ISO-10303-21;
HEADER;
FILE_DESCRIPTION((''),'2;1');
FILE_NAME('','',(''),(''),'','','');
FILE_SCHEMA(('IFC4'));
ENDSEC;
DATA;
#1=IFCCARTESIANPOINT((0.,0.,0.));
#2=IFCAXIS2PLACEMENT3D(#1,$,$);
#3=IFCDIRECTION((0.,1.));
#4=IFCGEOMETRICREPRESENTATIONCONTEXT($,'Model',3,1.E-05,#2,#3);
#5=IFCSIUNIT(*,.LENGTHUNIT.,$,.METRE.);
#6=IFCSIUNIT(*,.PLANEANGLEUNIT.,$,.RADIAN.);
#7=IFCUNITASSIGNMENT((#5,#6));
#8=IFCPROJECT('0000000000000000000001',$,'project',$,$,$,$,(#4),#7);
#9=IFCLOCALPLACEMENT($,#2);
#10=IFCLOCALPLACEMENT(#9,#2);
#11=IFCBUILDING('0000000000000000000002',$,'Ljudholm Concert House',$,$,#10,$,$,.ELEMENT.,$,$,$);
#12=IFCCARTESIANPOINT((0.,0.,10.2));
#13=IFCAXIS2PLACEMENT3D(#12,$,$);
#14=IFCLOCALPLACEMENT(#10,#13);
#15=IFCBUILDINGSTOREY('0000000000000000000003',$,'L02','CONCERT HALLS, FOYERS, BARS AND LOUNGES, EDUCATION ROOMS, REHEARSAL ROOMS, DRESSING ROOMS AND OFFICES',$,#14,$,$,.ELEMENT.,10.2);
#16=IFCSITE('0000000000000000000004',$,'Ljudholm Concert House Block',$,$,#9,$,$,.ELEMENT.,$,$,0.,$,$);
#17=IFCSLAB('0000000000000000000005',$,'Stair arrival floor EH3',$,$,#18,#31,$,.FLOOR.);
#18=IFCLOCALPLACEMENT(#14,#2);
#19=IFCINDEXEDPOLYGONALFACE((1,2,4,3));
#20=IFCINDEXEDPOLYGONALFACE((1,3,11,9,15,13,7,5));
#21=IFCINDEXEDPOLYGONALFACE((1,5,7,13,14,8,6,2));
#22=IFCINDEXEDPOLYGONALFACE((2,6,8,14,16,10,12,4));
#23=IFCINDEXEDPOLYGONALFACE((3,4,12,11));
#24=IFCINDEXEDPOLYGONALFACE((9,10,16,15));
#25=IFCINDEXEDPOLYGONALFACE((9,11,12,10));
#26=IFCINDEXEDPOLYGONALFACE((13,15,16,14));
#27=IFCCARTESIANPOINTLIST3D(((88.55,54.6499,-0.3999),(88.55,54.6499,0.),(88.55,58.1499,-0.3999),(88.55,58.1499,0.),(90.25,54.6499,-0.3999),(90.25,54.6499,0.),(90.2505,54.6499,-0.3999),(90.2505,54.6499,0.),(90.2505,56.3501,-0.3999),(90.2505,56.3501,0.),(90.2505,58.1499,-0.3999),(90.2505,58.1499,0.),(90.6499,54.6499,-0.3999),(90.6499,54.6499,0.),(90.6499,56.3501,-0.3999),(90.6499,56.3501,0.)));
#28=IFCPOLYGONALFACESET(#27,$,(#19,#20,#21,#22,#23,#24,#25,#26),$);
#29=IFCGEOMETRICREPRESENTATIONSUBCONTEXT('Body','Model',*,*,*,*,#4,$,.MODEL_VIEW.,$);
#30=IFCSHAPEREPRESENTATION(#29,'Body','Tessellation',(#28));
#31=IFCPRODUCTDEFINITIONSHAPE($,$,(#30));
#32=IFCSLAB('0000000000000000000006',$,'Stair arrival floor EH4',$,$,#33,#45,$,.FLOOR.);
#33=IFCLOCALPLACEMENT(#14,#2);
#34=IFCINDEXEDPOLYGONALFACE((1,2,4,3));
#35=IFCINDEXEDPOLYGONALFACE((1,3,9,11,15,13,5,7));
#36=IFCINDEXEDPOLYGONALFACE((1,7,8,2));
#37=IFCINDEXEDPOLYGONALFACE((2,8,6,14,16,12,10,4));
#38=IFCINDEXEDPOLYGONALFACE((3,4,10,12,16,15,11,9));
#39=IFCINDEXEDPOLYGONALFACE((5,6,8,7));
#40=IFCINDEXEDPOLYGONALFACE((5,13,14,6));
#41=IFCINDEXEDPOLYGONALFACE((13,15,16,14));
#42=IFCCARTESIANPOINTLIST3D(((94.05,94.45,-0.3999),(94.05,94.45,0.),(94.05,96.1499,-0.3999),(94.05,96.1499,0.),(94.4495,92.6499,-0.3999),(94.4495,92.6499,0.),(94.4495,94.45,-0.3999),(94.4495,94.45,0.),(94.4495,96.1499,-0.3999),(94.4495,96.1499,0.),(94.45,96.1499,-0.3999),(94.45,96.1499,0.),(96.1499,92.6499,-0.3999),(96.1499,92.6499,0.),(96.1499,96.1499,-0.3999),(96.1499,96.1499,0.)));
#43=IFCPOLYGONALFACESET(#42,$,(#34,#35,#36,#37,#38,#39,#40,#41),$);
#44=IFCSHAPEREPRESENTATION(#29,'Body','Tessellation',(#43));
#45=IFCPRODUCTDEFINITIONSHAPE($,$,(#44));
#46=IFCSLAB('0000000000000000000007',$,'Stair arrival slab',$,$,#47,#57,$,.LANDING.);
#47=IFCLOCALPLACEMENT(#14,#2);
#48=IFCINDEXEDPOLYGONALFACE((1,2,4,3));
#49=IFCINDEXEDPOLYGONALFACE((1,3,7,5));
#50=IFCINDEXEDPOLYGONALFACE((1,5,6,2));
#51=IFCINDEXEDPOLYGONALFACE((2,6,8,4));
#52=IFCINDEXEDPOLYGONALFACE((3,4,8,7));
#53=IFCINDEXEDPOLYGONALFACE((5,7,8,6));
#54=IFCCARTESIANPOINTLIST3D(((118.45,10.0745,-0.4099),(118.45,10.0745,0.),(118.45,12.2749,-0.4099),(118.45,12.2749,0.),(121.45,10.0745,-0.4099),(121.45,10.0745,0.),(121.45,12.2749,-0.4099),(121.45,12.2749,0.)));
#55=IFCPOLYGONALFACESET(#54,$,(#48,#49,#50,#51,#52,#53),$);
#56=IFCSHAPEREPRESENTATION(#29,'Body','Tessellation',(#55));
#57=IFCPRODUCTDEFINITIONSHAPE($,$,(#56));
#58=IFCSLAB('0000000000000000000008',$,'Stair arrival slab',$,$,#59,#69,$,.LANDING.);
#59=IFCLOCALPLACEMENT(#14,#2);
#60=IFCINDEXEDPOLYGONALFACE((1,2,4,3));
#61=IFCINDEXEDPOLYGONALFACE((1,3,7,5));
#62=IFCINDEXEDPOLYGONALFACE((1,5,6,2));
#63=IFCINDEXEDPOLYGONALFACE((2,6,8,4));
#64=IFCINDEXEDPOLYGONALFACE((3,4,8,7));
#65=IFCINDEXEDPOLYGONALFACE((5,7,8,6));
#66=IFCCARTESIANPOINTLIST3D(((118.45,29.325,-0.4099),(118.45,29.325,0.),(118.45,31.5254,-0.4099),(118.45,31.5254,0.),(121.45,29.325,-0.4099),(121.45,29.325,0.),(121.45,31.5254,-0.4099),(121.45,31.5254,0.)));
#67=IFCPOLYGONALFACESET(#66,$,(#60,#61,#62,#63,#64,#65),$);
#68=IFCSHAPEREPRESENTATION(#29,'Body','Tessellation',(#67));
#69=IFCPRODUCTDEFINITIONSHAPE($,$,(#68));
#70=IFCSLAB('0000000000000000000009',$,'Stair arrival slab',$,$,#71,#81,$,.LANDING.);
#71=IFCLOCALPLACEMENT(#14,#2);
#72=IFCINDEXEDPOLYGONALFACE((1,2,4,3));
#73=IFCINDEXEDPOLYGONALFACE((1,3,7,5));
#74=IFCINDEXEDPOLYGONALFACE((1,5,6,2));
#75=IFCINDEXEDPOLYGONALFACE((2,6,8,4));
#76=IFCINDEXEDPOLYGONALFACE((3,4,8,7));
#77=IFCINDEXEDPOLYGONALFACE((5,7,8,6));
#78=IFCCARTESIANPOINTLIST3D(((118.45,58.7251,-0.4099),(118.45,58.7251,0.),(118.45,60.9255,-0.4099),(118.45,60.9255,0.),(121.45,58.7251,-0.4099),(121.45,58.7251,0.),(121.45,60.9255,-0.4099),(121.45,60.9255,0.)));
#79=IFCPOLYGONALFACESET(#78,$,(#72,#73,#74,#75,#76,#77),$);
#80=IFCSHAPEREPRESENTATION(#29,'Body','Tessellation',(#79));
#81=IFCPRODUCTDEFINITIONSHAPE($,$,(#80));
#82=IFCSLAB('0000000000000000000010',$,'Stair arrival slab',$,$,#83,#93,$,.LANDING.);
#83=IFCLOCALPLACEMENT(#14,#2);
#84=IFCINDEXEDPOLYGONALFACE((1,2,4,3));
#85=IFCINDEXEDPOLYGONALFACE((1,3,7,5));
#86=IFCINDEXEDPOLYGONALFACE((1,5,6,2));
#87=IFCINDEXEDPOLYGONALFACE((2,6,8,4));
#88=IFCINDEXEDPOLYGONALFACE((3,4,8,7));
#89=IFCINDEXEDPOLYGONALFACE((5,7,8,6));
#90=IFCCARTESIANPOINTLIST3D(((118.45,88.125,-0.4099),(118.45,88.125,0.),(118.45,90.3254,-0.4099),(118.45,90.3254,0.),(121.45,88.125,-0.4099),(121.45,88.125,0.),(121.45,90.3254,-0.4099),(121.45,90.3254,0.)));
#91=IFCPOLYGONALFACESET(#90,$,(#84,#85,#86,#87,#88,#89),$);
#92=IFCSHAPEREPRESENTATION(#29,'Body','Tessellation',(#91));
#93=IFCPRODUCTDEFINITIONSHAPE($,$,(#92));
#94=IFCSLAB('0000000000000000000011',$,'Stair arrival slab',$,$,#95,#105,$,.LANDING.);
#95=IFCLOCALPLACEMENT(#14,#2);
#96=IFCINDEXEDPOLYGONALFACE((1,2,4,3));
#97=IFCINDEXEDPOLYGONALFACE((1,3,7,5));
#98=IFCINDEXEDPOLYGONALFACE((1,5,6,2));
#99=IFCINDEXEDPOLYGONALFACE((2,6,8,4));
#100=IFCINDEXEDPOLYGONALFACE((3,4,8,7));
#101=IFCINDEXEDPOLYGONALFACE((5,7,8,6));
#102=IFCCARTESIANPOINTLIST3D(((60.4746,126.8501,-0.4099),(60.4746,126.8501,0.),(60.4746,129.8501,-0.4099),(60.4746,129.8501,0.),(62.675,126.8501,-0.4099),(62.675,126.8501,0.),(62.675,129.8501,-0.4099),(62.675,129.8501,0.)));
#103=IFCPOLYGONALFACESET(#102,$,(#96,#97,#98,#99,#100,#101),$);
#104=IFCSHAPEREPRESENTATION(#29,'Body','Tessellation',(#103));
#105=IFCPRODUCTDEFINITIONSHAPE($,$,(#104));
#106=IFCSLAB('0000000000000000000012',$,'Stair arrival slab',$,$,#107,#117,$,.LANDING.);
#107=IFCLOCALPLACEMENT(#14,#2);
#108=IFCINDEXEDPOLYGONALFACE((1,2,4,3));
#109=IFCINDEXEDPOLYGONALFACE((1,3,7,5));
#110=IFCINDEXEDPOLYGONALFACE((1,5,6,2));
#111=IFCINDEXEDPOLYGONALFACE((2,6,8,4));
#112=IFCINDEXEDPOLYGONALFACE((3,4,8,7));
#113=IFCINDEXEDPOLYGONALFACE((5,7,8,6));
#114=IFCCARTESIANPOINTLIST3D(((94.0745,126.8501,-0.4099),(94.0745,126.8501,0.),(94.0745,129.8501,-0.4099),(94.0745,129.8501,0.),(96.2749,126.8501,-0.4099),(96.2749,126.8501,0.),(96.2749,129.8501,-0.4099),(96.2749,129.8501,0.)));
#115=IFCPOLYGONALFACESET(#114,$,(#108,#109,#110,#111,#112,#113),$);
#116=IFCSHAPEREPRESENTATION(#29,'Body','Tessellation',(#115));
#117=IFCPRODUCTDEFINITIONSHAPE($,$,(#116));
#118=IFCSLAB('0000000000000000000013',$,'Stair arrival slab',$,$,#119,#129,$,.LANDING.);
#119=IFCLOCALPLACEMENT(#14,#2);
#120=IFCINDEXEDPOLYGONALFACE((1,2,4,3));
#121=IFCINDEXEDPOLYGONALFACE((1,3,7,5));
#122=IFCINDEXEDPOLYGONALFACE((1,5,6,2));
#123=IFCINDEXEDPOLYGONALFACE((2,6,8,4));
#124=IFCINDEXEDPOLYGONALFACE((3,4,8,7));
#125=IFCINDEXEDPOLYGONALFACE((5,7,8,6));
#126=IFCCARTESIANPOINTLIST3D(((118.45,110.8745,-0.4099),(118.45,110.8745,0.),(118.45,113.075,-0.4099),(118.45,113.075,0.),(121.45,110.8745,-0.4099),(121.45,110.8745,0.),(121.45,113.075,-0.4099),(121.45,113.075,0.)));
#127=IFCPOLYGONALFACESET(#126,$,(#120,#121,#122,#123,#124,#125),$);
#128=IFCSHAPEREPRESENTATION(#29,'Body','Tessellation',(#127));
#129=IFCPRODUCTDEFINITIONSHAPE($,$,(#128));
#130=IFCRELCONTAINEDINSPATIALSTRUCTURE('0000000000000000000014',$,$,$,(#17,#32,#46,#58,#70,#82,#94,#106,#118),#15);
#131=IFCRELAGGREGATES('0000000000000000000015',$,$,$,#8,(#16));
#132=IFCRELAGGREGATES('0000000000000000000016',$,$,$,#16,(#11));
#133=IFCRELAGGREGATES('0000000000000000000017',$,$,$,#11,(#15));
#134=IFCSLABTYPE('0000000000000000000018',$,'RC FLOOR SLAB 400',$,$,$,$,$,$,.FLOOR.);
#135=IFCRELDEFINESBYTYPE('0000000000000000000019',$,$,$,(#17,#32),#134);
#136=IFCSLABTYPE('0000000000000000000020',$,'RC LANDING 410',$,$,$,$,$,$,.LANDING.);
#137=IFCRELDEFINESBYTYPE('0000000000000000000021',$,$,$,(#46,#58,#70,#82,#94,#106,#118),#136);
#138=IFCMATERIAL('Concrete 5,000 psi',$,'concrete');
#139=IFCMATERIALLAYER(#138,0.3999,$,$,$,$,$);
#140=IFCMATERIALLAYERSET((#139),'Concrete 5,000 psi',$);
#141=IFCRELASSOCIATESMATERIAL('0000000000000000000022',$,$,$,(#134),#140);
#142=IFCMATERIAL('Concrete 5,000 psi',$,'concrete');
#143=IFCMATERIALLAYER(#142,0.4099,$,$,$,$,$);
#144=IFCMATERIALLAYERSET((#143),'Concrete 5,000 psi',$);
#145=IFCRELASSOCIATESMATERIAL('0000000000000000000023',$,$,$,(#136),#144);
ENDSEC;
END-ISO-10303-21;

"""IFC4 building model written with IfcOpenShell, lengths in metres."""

from ifc_helpers import new_model, si_unit, direction, frame, origin, place, context, subcontext, project, spatial, polyline, outline, extrude, material, layer, layer_set, type_object, element, save


model = new_model("IFC4")

# Units and contexts
model_context = context("Model", 3, precision=1e-05, world=origin(), true_north=direction((0.0, 1.0)))
body_context = subcontext(model_context, "Body", "Model", "MODEL_VIEW")
ifc_project = project(units=[si_unit("LENGTHUNIT", "METRE"), si_unit("PLANEANGLEUNIT", "RADIAN")], contexts=[model_context])

# Site, building, storey
site_placement = place(None, origin())
site = spatial("IfcSite", under=ifc_project, at=site_placement, Name="Ljudholm Concert House Block", CompositionType="ELEMENT", RefElevation=0.0)
building_placement = place(site_placement, origin())
building = spatial("IfcBuilding", under=site, at=building_placement, Name="Ljudholm Concert House", CompositionType="ELEMENT")
storey_placement = place(building_placement, frame((0.0, 0.0, 10.2)))
storey = spatial("IfcBuildingStorey", under=building, at=storey_placement, Name="L02", Description="CONCERT HALLS, FOYERS, BARS AND LOUNGES, EDUCATION ROOMS, REHEARSAL ROOMS, DRESSING ROOMS AND OFFICES", CompositionType="ELEMENT", Elevation=10.2)

# Slabs
ifc_material_1 = material(Name="Concrete 5,000 psi", Category="concrete")
ifc_layer_1 = layer(ifc_material_1, 0.3999)
ifc_layer_set_1 = layer_set([ifc_layer_1], Name="Concrete 5,000 psi")
slab_type_1 = type_object("IfcSlabType", Name="RC FLOOR SLAB 400", PredefinedType="FLOOR", material=ifc_layer_set_1)
slab_1_placement = place(storey_placement, frame((0.0, 0.0, -0.3999)))
element("IfcSlab", 1, at=slab_1_placement, inside=storey, type_object=slab_type_1, Name="Stair arrival floor EH3", PredefinedType="FLOOR", context=body_context, shape_type="SweptSolid", body=[
    extrude(outline(polyline([(88.55, 54.6499), (88.55, 58.1499), (90.2505, 58.1499), (90.2505, 56.3501), (90.6499, 56.3501), (90.6499, 54.6499), (90.2505, 54.6499), (90.25, 54.6499), (88.55, 54.6499)])), origin(), (0.0, 0.0, 1.0), 0.3999),
])
slab_2_placement = place(storey_placement, frame((0.0, 0.0, -0.3999)))
element("IfcSlab", 2, at=slab_2_placement, inside=storey, type_object=slab_type_1, Name="Stair arrival floor EH4", PredefinedType="FLOOR", context=body_context, shape_type="SweptSolid", body=[
    extrude(outline(polyline([(96.1499, 96.1499), (96.1499, 92.6499), (94.4495, 92.6499), (94.4495, 94.45), (94.05, 94.45), (94.05, 96.1499), (94.4495, 96.1499), (94.45, 96.1499), (96.1499, 96.1499)])), origin(), (0.0, 0.0, 1.0), 0.3999),
])
ifc_material_2 = material(Name="Concrete 5,000 psi", Category="concrete")
ifc_layer_2 = layer(ifc_material_2, 0.4099)
ifc_layer_set_2 = layer_set([ifc_layer_2], Name="Concrete 5,000 psi")
slab_type_2 = type_object("IfcSlabType", Name="RC LANDING 410", PredefinedType="LANDING", material=ifc_layer_set_2)
slab_3_placement = place(storey_placement, frame((0.0, 0.0, -0.4099)))
element("IfcSlab", 3, at=slab_3_placement, inside=storey, type_object=slab_type_2, Name="Stair arrival slab", PredefinedType="LANDING", context=body_context, shape_type="SweptSolid", body=[
    extrude(outline(polyline([(118.45, 12.2749), (121.45, 12.2749), (121.45, 10.0745), (118.45, 10.0745), (118.45, 12.2749)])), origin(), (0.0, 0.0, 1.0), 0.4099),
])
slab_4_placement = place(storey_placement, frame((0.0, 0.0, -0.4099)))
element("IfcSlab", 4, at=slab_4_placement, inside=storey, type_object=slab_type_2, Name="Stair arrival slab", PredefinedType="LANDING", context=body_context, shape_type="SweptSolid", body=[
    extrude(outline(polyline([(121.45, 29.325), (118.45, 29.325), (118.45, 31.5254), (121.45, 31.5254), (121.45, 29.325)])), origin(), (0.0, 0.0, 1.0), 0.4099),
])
slab_5_placement = place(storey_placement, frame((0.0, 0.0, -0.4099)))
element("IfcSlab", 5, at=slab_5_placement, inside=storey, type_object=slab_type_2, Name="Stair arrival slab", PredefinedType="LANDING", context=body_context, shape_type="SweptSolid", body=[
    extrude(outline(polyline([(121.45, 58.7251), (118.45, 58.7251), (118.45, 60.9255), (121.45, 60.9255), (121.45, 58.7251)])), origin(), (0.0, 0.0, 1.0), 0.4099),
])
slab_6_placement = place(storey_placement, frame((0.0, 0.0, -0.4099)))
element("IfcSlab", 6, at=slab_6_placement, inside=storey, type_object=slab_type_2, Name="Stair arrival slab", PredefinedType="LANDING", context=body_context, shape_type="SweptSolid", body=[
    extrude(outline(polyline([(121.45, 88.125), (118.45, 88.125), (118.45, 90.3254), (121.45, 90.3254), (121.45, 88.125)])), origin(), (0.0, 0.0, 1.0), 0.4099),
])
slab_7_placement = place(storey_placement, frame((0.0, 0.0, -0.4099)))
element("IfcSlab", 7, at=slab_7_placement, inside=storey, type_object=slab_type_2, Name="Stair arrival slab", PredefinedType="LANDING", context=body_context, shape_type="SweptSolid", body=[
    extrude(outline(polyline([(62.675, 129.8501), (62.675, 126.8501), (60.4746, 126.8501), (60.4746, 129.8501), (62.675, 129.8501)])), origin(), (0.0, 0.0, 1.0), 0.4099),
])
slab_8_placement = place(storey_placement, frame((0.0, 0.0, -0.4099)))
element("IfcSlab", 8, at=slab_8_placement, inside=storey, type_object=slab_type_2, Name="Stair arrival slab", PredefinedType="LANDING", context=body_context, shape_type="SweptSolid", body=[
    extrude(outline(polyline([(96.2749, 129.8501), (96.2749, 126.8501), (94.0745, 126.8501), (94.0745, 129.8501), (96.2749, 129.8501)])), origin(), (0.0, 0.0, 1.0), 0.4099),
])
slab_9_placement = place(storey_placement, frame((0.0, 0.0, -0.4099)))
element("IfcSlab", 9, at=slab_9_placement, inside=storey, type_object=slab_type_2, Name="Stair arrival slab", PredefinedType="LANDING", context=body_context, shape_type="SweptSolid", body=[
    extrude(outline(polyline([(118.45, 113.075), (121.45, 113.075), (121.45, 110.8745), (118.45, 110.8745), (118.45, 113.075)])), origin(), (0.0, 0.0, 1.0), 0.4099),
])

save(model, "model.ifc")
